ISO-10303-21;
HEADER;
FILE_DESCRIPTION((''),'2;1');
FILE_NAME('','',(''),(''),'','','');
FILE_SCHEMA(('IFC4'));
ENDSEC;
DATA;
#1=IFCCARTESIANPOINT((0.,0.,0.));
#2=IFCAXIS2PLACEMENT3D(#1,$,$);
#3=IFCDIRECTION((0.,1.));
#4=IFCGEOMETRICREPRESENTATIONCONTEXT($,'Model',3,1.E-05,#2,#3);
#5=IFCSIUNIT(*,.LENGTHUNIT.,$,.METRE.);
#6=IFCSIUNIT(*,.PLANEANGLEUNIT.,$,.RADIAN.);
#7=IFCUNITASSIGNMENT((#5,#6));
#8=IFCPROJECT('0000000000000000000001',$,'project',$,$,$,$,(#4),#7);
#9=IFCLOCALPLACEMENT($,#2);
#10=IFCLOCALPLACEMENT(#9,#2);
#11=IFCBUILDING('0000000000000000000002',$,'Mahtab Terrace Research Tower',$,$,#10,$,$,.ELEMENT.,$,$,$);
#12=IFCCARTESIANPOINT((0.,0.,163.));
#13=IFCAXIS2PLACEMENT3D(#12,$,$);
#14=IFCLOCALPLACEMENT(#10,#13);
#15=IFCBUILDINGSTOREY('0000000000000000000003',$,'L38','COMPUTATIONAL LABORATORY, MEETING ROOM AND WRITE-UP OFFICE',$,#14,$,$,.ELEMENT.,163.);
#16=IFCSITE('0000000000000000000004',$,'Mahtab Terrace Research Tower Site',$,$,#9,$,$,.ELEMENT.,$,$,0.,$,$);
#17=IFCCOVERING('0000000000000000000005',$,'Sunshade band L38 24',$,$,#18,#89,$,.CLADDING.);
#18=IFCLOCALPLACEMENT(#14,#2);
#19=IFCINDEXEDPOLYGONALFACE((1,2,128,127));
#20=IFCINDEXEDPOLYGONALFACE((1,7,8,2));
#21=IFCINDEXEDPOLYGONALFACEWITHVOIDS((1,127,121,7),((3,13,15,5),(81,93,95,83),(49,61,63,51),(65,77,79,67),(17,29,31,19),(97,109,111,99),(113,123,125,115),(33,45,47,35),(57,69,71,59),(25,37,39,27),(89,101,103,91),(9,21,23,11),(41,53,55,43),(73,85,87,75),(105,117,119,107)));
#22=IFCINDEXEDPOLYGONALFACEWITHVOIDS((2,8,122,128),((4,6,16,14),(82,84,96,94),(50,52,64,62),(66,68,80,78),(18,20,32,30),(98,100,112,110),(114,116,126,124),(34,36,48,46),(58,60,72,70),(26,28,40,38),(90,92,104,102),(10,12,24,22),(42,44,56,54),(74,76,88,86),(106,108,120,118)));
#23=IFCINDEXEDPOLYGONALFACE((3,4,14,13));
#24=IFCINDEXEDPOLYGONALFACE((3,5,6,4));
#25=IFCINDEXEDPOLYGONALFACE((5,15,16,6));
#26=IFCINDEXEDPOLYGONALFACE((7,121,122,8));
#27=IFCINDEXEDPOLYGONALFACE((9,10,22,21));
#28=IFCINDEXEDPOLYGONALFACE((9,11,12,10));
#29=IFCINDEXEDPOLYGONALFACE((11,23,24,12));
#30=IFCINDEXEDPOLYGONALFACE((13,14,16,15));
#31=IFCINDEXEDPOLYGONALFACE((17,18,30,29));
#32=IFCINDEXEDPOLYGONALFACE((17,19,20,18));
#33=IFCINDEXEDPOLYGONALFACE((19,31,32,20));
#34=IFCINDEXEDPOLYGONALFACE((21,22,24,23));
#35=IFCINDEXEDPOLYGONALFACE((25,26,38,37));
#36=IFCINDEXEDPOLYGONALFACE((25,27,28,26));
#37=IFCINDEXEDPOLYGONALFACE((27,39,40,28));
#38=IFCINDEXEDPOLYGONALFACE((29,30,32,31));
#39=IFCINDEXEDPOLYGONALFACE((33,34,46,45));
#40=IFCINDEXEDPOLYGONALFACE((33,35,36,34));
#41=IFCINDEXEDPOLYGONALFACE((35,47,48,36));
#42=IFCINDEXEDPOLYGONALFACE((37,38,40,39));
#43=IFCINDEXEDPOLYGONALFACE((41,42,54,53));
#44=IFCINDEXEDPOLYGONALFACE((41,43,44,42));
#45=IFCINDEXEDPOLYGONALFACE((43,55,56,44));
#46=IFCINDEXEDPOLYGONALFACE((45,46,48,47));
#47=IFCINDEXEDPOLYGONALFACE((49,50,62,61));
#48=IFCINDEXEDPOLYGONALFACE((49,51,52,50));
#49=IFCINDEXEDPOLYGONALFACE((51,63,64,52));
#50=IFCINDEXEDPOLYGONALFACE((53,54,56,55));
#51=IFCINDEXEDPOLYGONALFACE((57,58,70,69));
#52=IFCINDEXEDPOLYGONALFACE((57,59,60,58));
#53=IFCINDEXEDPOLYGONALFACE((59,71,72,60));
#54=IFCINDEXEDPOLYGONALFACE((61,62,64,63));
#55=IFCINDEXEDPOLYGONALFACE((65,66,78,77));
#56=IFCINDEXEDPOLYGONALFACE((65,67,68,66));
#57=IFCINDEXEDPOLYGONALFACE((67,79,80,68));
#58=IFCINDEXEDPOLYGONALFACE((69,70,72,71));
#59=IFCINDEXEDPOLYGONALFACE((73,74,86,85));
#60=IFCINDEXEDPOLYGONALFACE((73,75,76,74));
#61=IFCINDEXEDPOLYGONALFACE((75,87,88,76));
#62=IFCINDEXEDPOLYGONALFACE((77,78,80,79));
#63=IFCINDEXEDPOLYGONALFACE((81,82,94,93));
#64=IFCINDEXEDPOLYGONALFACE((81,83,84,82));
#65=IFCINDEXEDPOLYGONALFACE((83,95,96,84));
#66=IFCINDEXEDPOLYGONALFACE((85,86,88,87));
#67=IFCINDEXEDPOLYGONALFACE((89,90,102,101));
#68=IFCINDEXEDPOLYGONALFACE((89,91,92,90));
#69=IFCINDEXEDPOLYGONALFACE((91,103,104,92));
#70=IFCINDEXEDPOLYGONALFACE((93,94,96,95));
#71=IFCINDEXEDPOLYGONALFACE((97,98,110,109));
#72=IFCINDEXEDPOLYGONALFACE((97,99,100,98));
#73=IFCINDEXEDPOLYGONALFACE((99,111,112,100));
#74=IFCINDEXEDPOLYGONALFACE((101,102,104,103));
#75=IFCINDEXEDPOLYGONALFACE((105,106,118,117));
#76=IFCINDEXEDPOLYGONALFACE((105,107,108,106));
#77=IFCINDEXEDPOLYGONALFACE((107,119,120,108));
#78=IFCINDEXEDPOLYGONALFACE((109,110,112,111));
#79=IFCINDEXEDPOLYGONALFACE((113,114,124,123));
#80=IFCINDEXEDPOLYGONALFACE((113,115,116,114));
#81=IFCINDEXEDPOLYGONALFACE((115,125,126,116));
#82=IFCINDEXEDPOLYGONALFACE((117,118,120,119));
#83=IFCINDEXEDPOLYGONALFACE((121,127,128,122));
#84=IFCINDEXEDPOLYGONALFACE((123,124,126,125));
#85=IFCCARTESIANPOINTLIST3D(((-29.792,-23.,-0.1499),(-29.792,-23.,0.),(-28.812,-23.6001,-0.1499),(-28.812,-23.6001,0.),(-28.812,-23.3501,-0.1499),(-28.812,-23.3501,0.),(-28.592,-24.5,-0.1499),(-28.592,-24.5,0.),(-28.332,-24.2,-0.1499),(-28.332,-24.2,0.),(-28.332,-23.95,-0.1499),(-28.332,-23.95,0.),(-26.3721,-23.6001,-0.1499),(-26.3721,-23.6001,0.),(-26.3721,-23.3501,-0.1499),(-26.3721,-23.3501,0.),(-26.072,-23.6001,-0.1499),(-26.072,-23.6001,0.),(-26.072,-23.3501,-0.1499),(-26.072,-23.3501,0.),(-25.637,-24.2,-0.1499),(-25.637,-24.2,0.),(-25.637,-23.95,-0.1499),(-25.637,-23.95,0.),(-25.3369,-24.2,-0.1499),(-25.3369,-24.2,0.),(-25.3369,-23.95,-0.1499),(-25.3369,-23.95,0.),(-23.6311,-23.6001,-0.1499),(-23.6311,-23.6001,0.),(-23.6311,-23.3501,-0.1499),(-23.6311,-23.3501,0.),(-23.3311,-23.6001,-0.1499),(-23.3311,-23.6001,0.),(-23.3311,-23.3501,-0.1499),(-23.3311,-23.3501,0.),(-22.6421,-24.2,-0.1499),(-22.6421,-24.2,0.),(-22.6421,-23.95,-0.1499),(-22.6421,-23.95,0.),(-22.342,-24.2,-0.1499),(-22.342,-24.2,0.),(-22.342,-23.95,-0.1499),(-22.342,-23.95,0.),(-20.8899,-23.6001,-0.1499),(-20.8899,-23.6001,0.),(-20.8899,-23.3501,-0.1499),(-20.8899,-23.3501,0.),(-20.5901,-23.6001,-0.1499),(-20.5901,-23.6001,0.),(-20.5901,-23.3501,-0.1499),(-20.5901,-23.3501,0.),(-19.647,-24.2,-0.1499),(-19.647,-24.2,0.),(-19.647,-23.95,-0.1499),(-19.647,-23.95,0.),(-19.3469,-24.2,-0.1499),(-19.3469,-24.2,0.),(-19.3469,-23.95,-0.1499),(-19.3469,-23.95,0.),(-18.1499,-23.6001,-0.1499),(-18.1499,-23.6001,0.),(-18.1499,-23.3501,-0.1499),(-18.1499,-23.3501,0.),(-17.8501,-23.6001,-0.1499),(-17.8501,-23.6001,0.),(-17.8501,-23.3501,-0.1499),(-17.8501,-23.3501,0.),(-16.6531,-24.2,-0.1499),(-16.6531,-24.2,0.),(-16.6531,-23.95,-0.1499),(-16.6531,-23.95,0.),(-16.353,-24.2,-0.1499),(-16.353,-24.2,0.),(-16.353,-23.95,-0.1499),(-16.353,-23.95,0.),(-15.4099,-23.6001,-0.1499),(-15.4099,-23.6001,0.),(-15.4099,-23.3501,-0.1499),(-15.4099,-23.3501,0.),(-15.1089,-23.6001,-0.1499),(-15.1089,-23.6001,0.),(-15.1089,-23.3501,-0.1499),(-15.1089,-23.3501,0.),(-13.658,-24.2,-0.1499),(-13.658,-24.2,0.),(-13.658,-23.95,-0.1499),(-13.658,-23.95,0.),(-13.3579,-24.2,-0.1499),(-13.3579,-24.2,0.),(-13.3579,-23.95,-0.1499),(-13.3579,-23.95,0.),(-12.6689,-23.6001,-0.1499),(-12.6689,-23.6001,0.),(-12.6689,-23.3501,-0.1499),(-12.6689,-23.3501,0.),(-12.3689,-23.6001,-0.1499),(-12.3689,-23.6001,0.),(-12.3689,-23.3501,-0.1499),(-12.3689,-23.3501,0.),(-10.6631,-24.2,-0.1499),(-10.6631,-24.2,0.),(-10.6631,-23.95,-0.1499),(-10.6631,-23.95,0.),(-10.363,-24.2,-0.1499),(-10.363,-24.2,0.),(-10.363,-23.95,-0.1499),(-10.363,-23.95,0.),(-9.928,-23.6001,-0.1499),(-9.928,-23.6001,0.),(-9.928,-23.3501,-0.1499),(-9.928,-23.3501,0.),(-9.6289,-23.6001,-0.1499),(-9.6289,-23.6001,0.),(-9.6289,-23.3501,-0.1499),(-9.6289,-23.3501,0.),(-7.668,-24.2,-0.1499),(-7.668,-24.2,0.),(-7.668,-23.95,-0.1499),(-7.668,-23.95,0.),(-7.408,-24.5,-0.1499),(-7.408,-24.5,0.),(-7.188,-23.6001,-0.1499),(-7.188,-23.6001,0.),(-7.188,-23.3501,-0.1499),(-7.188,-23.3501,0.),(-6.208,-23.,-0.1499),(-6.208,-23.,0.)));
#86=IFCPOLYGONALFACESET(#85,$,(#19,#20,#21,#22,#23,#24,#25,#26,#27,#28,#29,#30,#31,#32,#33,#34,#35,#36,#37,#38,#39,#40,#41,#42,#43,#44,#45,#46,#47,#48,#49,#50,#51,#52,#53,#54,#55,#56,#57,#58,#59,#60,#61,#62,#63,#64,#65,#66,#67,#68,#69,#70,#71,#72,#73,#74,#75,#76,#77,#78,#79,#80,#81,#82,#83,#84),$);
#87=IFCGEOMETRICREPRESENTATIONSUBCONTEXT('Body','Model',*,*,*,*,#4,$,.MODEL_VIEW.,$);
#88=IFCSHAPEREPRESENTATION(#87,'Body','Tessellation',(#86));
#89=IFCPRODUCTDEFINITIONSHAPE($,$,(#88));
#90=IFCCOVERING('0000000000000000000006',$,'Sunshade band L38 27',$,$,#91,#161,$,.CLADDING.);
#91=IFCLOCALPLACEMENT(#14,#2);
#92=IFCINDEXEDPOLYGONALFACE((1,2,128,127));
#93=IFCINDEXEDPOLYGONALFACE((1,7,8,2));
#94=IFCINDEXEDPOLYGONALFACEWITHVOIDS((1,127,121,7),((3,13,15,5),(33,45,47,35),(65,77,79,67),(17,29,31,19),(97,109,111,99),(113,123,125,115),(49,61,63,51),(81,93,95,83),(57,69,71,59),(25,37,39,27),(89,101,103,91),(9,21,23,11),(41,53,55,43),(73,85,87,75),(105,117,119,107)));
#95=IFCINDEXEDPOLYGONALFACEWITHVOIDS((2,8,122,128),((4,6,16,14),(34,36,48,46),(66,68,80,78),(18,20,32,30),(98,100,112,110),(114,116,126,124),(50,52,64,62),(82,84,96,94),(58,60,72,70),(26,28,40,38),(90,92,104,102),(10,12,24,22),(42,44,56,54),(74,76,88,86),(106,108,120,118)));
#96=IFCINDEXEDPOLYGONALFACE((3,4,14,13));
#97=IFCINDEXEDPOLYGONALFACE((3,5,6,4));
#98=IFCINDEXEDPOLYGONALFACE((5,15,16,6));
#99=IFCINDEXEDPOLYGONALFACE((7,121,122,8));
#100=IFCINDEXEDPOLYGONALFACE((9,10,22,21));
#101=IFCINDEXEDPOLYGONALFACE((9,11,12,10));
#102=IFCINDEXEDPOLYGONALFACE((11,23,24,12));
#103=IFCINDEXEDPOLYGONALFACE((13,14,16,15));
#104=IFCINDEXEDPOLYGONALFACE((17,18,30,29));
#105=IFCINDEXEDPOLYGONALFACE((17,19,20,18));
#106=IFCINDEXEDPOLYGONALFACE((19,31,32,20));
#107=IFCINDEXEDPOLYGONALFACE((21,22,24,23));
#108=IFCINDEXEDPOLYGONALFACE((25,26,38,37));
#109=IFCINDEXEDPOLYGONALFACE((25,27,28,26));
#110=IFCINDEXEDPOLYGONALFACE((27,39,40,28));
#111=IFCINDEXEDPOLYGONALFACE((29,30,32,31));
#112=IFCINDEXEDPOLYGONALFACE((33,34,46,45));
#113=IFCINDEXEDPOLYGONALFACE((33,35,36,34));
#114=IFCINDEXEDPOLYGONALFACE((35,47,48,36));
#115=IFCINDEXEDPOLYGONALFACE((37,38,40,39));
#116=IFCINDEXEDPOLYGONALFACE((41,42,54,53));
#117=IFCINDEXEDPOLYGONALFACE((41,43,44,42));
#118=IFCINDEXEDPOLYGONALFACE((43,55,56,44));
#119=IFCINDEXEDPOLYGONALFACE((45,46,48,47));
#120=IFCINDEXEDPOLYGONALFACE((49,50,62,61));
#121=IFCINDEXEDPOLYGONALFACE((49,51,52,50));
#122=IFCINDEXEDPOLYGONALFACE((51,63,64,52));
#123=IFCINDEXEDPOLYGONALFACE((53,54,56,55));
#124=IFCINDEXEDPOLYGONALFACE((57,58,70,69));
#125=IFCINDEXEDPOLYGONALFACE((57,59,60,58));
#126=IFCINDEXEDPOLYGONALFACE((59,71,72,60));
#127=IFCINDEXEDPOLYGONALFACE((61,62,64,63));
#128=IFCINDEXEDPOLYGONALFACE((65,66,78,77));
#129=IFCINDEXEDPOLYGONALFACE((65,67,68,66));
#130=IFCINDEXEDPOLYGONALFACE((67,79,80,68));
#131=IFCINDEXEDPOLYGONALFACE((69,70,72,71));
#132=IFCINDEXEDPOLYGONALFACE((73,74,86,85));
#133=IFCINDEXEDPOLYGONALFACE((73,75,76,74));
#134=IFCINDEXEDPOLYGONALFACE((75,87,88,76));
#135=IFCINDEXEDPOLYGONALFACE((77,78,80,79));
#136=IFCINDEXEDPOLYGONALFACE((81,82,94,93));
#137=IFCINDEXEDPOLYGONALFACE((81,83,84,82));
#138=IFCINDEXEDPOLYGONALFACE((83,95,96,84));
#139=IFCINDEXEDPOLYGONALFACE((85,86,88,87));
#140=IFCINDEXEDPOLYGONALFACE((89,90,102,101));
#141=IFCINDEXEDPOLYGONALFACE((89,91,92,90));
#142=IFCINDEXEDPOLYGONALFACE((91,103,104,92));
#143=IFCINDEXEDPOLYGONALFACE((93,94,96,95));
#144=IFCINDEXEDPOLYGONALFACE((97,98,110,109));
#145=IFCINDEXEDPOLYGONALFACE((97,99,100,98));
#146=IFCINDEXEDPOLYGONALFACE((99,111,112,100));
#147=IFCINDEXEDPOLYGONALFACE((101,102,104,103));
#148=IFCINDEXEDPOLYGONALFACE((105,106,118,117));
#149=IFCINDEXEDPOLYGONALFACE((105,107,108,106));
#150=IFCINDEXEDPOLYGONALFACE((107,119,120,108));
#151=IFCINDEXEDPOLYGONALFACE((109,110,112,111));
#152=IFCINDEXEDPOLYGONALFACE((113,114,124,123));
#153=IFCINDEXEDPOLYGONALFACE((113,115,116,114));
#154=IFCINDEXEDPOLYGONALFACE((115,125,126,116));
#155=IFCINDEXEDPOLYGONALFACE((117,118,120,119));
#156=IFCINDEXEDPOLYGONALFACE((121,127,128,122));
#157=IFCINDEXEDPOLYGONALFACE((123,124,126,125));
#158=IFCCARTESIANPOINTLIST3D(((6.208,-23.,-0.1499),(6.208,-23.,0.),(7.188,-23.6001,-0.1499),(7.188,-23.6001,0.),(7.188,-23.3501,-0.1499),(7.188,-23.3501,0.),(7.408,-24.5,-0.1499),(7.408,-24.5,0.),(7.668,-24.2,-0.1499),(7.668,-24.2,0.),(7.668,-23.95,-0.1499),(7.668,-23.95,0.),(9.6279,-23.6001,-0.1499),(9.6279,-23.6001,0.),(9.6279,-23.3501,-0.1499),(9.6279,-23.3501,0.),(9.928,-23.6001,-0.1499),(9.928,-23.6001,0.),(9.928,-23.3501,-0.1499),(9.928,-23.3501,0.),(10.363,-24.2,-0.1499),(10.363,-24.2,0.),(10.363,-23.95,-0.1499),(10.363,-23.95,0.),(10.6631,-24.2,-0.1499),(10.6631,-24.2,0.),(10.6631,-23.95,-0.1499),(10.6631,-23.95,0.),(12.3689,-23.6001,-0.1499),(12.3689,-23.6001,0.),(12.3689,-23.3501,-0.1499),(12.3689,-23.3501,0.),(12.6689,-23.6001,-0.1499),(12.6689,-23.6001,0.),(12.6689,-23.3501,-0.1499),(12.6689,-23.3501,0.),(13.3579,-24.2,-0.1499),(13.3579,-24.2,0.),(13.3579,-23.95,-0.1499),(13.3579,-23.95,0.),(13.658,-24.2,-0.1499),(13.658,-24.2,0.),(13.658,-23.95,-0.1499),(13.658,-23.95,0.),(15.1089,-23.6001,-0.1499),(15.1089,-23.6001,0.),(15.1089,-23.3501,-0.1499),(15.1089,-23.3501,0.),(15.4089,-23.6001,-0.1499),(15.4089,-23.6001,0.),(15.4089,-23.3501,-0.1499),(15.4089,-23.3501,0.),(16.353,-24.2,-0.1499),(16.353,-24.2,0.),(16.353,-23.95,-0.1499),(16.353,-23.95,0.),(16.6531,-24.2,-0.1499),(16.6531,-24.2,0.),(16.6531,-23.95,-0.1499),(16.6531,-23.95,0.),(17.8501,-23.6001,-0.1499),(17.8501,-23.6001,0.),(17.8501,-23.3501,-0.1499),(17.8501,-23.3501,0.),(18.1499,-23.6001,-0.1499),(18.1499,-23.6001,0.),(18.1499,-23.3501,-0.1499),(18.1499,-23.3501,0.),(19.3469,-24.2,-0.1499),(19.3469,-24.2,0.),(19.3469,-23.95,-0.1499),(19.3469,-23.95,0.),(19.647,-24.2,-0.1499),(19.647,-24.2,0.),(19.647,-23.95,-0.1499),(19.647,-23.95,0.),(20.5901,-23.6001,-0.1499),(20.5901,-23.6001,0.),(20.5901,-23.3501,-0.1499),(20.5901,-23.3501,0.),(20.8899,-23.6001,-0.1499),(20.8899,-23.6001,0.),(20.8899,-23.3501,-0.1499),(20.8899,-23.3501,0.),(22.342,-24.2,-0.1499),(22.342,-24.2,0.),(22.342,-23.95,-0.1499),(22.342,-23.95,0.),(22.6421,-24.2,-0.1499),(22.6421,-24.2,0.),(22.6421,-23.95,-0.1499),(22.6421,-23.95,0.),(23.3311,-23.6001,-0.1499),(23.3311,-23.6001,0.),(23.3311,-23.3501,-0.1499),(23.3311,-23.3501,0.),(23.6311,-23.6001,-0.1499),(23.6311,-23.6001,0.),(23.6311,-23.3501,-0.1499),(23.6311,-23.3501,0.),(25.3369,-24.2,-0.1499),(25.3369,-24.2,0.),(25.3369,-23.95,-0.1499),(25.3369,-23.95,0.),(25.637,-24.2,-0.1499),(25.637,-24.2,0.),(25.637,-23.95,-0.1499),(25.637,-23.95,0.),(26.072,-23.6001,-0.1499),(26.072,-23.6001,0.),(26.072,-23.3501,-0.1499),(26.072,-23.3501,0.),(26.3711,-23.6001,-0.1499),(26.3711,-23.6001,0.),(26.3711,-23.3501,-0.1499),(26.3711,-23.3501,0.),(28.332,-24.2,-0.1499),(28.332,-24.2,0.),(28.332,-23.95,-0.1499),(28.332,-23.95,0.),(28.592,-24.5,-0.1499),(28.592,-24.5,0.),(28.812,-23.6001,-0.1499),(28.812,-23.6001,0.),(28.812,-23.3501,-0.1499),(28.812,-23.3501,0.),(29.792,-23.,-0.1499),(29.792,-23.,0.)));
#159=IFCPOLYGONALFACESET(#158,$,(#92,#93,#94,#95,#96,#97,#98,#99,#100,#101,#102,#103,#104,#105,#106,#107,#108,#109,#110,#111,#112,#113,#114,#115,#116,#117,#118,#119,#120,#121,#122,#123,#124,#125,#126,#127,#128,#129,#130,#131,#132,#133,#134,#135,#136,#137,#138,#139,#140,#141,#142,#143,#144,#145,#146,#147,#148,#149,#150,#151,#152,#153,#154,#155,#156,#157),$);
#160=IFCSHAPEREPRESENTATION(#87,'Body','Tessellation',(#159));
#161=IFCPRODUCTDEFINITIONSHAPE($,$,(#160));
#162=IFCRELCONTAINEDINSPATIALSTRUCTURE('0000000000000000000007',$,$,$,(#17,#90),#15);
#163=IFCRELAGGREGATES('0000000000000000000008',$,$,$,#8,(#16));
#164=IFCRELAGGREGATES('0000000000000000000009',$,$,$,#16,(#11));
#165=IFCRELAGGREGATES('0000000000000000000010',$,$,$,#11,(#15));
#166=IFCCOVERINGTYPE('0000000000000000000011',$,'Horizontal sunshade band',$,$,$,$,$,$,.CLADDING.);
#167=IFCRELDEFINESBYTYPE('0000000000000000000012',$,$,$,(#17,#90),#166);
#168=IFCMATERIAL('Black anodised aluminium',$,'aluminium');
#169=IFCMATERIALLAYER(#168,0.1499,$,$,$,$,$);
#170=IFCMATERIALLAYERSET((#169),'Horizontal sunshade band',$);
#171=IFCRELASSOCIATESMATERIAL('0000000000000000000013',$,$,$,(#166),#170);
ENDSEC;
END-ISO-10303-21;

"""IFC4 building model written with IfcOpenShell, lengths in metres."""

from ifc_helpers import new_model, si_unit, direction, frame, origin, place, context, subcontext, project, spatial, polyline, outline, extrude, material, layer, layer_set, type_object, element, save


model = new_model("IFC4")

# Units and contexts
model_context = context("Model", 3, precision=1e-05, world=origin(), true_north=direction((0.0, 1.0)))
body_context = subcontext(model_context, "Body", "Model", "MODEL_VIEW")
ifc_project = project(units=[si_unit("LENGTHUNIT", "METRE"), si_unit("PLANEANGLEUNIT", "RADIAN")], contexts=[model_context])

# Site, building, storey
site_placement = place(None, origin())
site = spatial("IfcSite", under=ifc_project, at=site_placement, Name="Mahtab Terrace Research Tower Site", CompositionType="ELEMENT", RefElevation=0.0)
building_placement = place(site_placement, origin())
building = spatial("IfcBuilding", under=site, at=building_placement, Name="Mahtab Terrace Research Tower", CompositionType="ELEMENT")
storey_placement = place(building_placement, frame((0.0, 0.0, 163.0)))
storey = spatial("IfcBuildingStorey", under=building, at=storey_placement, Name="L38", Description="COMPUTATIONAL LABORATORY, MEETING ROOM AND WRITE-UP OFFICE", CompositionType="ELEMENT", Elevation=163.0)

# Coverings
ifc_material_1 = material(Name="Black anodised aluminium", Category="aluminium")
ifc_layer_1 = layer(ifc_material_1, 0.1499)
ifc_layer_set_1 = layer_set([ifc_layer_1], Name="Horizontal sunshade band")
covering_type = type_object("IfcCoveringType", Name="Horizontal sunshade band", PredefinedType="CLADDING", material=ifc_layer_set_1)
covering_1_placement = place(storey_placement, frame((0.0, 0.0, -0.1499)))
element("IfcCovering", 1, at=covering_1_placement, inside=storey, type_object=covering_type, Name="Sunshade band L38 24", PredefinedType="CLADDING", context=body_context, shape_type="SweptSolid", body=[
    extrude(outline(polyline([(-29.792, -23.0), (-6.208, -23.0), (-7.408, -24.5), (-28.592, -24.5), (-29.792, -23.0)]), holes=[polyline([(-28.812, -23.3501), (-26.3721, -23.3501), (-26.3721, -23.6001), (-28.812, -23.6001), (-28.812, -23.3501)]), polyline([(-26.072, -23.3501), (-23.6311, -23.3501), (-23.6311, -23.6001), (-26.072, -23.6001), (-26.072, -23.3501)]), polyline([(-23.3311, -23.3501), (-20.8899, -23.3501), (-20.8899, -23.6001), (-23.3311, -23.6001), (-23.3311, -23.3501)]), polyline([(-20.5901, -23.3501), (-18.1499, -23.3501), (-18.1499, -23.6001), (-20.5901, -23.6001), (-20.5901, -23.3501)]), polyline([(-17.8501, -23.3501), (-15.4099, -23.3501), (-15.4099, -23.6001), (-17.8501, -23.6001), (-17.8501, -23.3501)]), polyline([(-15.1089, -23.3501), (-12.6689, -23.3501), (-12.6689, -23.6001), (-15.1089, -23.6001), (-15.1089, -23.3501)]), polyline([(-12.3689, -23.3501), (-9.928, -23.3501), (-9.928, -23.6001), (-12.3689, -23.6001), (-12.3689, -23.3501)]), polyline([(-9.6289, -23.3501), (-7.188, -23.3501), (-7.188, -23.6001), (-9.6289, -23.6001), (-9.6289, -23.3501)]), polyline([(-28.332, -23.95), (-25.637, -23.95), (-25.637, -24.2), (-28.332, -24.2), (-28.332, -23.95)]), polyline([(-25.3369, -23.95), (-22.6421, -23.95), (-22.6421, -24.2), (-25.3369, -24.2), (-25.3369, -23.95)]), polyline([(-22.342, -23.95), (-19.647, -23.95), (-19.647, -24.2), (-22.342, -24.2), (-22.342, -23.95)]), polyline([(-19.3469, -23.95), (-16.6531, -23.95), (-16.6531, -24.2), (-19.3469, -24.2), (-19.3469, -23.95)]), polyline([(-16.353, -23.95), (-13.658, -23.95), (-13.658, -24.2), (-16.353, -24.2), (-16.353, -23.95)]), polyline([(-13.3579, -23.95), (-10.6631, -23.95), (-10.6631, -24.2), (-13.3579, -24.2), (-13.3579, -23.95)]), polyline([(-10.363, -23.95), (-7.668, -23.95), (-7.668, -24.2), (-10.363, -24.2), (-10.363, -23.95)])]), origin(), (0.0, 0.0, 1.0), 0.1499),
])
covering_2_placement = place(storey_placement, frame((0.0, 0.0, -0.1499)))
element("IfcCovering", 2, at=covering_2_placement, inside=storey, type_object=covering_type, Name="Sunshade band L38 27", PredefinedType="CLADDING", context=body_context, shape_type="SweptSolid", body=[
    extrude(outline(polyline([(6.208, -23.0), (29.792, -23.0), (28.592, -24.5), (7.408, -24.5), (6.208, -23.0)]), holes=[polyline([(7.188, -23.3501), (9.6279, -23.3501), (9.6279, -23.6001), (7.188, -23.6001), (7.188, -23.3501)]), polyline([(9.928, -23.3501), (12.3689, -23.3501), (12.3689, -23.6001), (9.928, -23.6001), (9.928, -23.3501)]), polyline([(12.6689, -23.3501), (15.1089, -23.3501), (15.1089, -23.6001), (12.6689, -23.6001), (12.6689, -23.3501)]), polyline([(15.4089, -23.3501), (17.8501, -23.3501), (17.8501, -23.6001), (15.4089, -23.6001), (15.4089, -23.3501)]), polyline([(18.1499, -23.3501), (20.5901, -23.3501), (20.5901, -23.6001), (18.1499, -23.6001), (18.1499, -23.3501)]), polyline([(20.8899, -23.3501), (23.3311, -23.3501), (23.3311, -23.6001), (20.8899, -23.6001), (20.8899, -23.3501)]), polyline([(23.6311, -23.3501), (26.072, -23.3501), (26.072, -23.6001), (23.6311, -23.6001), (23.6311, -23.3501)]), polyline([(26.3711, -23.3501), (28.812, -23.3501), (28.812, -23.6001), (26.3711, -23.6001), (26.3711, -23.3501)]), polyline([(7.668, -23.95), (10.363, -23.95), (10.363, -24.2), (7.668, -24.2), (7.668, -23.95)]), polyline([(10.6631, -23.95), (13.3579, -23.95), (13.3579, -24.2), (10.6631, -24.2), (10.6631, -23.95)]), polyline([(13.658, -23.95), (16.353, -23.95), (16.353, -24.2), (13.658, -24.2), (13.658, -23.95)]), polyline([(16.6531, -23.95), (19.3469, -23.95), (19.3469, -24.2), (16.6531, -24.2), (16.6531, -23.95)]), polyline([(19.647, -23.95), (22.342, -23.95), (22.342, -24.2), (19.647, -24.2), (19.647, -23.95)]), polyline([(22.6421, -23.95), (25.3369, -23.95), (25.3369, -24.2), (22.6421, -24.2), (22.6421, -23.95)]), polyline([(25.637, -23.95), (28.332, -23.95), (28.332, -24.2), (25.637, -24.2), (25.637, -23.95)])]), origin(), (0.0, 0.0, 1.0), 0.1499),
])

save(model, "model.ifc")
